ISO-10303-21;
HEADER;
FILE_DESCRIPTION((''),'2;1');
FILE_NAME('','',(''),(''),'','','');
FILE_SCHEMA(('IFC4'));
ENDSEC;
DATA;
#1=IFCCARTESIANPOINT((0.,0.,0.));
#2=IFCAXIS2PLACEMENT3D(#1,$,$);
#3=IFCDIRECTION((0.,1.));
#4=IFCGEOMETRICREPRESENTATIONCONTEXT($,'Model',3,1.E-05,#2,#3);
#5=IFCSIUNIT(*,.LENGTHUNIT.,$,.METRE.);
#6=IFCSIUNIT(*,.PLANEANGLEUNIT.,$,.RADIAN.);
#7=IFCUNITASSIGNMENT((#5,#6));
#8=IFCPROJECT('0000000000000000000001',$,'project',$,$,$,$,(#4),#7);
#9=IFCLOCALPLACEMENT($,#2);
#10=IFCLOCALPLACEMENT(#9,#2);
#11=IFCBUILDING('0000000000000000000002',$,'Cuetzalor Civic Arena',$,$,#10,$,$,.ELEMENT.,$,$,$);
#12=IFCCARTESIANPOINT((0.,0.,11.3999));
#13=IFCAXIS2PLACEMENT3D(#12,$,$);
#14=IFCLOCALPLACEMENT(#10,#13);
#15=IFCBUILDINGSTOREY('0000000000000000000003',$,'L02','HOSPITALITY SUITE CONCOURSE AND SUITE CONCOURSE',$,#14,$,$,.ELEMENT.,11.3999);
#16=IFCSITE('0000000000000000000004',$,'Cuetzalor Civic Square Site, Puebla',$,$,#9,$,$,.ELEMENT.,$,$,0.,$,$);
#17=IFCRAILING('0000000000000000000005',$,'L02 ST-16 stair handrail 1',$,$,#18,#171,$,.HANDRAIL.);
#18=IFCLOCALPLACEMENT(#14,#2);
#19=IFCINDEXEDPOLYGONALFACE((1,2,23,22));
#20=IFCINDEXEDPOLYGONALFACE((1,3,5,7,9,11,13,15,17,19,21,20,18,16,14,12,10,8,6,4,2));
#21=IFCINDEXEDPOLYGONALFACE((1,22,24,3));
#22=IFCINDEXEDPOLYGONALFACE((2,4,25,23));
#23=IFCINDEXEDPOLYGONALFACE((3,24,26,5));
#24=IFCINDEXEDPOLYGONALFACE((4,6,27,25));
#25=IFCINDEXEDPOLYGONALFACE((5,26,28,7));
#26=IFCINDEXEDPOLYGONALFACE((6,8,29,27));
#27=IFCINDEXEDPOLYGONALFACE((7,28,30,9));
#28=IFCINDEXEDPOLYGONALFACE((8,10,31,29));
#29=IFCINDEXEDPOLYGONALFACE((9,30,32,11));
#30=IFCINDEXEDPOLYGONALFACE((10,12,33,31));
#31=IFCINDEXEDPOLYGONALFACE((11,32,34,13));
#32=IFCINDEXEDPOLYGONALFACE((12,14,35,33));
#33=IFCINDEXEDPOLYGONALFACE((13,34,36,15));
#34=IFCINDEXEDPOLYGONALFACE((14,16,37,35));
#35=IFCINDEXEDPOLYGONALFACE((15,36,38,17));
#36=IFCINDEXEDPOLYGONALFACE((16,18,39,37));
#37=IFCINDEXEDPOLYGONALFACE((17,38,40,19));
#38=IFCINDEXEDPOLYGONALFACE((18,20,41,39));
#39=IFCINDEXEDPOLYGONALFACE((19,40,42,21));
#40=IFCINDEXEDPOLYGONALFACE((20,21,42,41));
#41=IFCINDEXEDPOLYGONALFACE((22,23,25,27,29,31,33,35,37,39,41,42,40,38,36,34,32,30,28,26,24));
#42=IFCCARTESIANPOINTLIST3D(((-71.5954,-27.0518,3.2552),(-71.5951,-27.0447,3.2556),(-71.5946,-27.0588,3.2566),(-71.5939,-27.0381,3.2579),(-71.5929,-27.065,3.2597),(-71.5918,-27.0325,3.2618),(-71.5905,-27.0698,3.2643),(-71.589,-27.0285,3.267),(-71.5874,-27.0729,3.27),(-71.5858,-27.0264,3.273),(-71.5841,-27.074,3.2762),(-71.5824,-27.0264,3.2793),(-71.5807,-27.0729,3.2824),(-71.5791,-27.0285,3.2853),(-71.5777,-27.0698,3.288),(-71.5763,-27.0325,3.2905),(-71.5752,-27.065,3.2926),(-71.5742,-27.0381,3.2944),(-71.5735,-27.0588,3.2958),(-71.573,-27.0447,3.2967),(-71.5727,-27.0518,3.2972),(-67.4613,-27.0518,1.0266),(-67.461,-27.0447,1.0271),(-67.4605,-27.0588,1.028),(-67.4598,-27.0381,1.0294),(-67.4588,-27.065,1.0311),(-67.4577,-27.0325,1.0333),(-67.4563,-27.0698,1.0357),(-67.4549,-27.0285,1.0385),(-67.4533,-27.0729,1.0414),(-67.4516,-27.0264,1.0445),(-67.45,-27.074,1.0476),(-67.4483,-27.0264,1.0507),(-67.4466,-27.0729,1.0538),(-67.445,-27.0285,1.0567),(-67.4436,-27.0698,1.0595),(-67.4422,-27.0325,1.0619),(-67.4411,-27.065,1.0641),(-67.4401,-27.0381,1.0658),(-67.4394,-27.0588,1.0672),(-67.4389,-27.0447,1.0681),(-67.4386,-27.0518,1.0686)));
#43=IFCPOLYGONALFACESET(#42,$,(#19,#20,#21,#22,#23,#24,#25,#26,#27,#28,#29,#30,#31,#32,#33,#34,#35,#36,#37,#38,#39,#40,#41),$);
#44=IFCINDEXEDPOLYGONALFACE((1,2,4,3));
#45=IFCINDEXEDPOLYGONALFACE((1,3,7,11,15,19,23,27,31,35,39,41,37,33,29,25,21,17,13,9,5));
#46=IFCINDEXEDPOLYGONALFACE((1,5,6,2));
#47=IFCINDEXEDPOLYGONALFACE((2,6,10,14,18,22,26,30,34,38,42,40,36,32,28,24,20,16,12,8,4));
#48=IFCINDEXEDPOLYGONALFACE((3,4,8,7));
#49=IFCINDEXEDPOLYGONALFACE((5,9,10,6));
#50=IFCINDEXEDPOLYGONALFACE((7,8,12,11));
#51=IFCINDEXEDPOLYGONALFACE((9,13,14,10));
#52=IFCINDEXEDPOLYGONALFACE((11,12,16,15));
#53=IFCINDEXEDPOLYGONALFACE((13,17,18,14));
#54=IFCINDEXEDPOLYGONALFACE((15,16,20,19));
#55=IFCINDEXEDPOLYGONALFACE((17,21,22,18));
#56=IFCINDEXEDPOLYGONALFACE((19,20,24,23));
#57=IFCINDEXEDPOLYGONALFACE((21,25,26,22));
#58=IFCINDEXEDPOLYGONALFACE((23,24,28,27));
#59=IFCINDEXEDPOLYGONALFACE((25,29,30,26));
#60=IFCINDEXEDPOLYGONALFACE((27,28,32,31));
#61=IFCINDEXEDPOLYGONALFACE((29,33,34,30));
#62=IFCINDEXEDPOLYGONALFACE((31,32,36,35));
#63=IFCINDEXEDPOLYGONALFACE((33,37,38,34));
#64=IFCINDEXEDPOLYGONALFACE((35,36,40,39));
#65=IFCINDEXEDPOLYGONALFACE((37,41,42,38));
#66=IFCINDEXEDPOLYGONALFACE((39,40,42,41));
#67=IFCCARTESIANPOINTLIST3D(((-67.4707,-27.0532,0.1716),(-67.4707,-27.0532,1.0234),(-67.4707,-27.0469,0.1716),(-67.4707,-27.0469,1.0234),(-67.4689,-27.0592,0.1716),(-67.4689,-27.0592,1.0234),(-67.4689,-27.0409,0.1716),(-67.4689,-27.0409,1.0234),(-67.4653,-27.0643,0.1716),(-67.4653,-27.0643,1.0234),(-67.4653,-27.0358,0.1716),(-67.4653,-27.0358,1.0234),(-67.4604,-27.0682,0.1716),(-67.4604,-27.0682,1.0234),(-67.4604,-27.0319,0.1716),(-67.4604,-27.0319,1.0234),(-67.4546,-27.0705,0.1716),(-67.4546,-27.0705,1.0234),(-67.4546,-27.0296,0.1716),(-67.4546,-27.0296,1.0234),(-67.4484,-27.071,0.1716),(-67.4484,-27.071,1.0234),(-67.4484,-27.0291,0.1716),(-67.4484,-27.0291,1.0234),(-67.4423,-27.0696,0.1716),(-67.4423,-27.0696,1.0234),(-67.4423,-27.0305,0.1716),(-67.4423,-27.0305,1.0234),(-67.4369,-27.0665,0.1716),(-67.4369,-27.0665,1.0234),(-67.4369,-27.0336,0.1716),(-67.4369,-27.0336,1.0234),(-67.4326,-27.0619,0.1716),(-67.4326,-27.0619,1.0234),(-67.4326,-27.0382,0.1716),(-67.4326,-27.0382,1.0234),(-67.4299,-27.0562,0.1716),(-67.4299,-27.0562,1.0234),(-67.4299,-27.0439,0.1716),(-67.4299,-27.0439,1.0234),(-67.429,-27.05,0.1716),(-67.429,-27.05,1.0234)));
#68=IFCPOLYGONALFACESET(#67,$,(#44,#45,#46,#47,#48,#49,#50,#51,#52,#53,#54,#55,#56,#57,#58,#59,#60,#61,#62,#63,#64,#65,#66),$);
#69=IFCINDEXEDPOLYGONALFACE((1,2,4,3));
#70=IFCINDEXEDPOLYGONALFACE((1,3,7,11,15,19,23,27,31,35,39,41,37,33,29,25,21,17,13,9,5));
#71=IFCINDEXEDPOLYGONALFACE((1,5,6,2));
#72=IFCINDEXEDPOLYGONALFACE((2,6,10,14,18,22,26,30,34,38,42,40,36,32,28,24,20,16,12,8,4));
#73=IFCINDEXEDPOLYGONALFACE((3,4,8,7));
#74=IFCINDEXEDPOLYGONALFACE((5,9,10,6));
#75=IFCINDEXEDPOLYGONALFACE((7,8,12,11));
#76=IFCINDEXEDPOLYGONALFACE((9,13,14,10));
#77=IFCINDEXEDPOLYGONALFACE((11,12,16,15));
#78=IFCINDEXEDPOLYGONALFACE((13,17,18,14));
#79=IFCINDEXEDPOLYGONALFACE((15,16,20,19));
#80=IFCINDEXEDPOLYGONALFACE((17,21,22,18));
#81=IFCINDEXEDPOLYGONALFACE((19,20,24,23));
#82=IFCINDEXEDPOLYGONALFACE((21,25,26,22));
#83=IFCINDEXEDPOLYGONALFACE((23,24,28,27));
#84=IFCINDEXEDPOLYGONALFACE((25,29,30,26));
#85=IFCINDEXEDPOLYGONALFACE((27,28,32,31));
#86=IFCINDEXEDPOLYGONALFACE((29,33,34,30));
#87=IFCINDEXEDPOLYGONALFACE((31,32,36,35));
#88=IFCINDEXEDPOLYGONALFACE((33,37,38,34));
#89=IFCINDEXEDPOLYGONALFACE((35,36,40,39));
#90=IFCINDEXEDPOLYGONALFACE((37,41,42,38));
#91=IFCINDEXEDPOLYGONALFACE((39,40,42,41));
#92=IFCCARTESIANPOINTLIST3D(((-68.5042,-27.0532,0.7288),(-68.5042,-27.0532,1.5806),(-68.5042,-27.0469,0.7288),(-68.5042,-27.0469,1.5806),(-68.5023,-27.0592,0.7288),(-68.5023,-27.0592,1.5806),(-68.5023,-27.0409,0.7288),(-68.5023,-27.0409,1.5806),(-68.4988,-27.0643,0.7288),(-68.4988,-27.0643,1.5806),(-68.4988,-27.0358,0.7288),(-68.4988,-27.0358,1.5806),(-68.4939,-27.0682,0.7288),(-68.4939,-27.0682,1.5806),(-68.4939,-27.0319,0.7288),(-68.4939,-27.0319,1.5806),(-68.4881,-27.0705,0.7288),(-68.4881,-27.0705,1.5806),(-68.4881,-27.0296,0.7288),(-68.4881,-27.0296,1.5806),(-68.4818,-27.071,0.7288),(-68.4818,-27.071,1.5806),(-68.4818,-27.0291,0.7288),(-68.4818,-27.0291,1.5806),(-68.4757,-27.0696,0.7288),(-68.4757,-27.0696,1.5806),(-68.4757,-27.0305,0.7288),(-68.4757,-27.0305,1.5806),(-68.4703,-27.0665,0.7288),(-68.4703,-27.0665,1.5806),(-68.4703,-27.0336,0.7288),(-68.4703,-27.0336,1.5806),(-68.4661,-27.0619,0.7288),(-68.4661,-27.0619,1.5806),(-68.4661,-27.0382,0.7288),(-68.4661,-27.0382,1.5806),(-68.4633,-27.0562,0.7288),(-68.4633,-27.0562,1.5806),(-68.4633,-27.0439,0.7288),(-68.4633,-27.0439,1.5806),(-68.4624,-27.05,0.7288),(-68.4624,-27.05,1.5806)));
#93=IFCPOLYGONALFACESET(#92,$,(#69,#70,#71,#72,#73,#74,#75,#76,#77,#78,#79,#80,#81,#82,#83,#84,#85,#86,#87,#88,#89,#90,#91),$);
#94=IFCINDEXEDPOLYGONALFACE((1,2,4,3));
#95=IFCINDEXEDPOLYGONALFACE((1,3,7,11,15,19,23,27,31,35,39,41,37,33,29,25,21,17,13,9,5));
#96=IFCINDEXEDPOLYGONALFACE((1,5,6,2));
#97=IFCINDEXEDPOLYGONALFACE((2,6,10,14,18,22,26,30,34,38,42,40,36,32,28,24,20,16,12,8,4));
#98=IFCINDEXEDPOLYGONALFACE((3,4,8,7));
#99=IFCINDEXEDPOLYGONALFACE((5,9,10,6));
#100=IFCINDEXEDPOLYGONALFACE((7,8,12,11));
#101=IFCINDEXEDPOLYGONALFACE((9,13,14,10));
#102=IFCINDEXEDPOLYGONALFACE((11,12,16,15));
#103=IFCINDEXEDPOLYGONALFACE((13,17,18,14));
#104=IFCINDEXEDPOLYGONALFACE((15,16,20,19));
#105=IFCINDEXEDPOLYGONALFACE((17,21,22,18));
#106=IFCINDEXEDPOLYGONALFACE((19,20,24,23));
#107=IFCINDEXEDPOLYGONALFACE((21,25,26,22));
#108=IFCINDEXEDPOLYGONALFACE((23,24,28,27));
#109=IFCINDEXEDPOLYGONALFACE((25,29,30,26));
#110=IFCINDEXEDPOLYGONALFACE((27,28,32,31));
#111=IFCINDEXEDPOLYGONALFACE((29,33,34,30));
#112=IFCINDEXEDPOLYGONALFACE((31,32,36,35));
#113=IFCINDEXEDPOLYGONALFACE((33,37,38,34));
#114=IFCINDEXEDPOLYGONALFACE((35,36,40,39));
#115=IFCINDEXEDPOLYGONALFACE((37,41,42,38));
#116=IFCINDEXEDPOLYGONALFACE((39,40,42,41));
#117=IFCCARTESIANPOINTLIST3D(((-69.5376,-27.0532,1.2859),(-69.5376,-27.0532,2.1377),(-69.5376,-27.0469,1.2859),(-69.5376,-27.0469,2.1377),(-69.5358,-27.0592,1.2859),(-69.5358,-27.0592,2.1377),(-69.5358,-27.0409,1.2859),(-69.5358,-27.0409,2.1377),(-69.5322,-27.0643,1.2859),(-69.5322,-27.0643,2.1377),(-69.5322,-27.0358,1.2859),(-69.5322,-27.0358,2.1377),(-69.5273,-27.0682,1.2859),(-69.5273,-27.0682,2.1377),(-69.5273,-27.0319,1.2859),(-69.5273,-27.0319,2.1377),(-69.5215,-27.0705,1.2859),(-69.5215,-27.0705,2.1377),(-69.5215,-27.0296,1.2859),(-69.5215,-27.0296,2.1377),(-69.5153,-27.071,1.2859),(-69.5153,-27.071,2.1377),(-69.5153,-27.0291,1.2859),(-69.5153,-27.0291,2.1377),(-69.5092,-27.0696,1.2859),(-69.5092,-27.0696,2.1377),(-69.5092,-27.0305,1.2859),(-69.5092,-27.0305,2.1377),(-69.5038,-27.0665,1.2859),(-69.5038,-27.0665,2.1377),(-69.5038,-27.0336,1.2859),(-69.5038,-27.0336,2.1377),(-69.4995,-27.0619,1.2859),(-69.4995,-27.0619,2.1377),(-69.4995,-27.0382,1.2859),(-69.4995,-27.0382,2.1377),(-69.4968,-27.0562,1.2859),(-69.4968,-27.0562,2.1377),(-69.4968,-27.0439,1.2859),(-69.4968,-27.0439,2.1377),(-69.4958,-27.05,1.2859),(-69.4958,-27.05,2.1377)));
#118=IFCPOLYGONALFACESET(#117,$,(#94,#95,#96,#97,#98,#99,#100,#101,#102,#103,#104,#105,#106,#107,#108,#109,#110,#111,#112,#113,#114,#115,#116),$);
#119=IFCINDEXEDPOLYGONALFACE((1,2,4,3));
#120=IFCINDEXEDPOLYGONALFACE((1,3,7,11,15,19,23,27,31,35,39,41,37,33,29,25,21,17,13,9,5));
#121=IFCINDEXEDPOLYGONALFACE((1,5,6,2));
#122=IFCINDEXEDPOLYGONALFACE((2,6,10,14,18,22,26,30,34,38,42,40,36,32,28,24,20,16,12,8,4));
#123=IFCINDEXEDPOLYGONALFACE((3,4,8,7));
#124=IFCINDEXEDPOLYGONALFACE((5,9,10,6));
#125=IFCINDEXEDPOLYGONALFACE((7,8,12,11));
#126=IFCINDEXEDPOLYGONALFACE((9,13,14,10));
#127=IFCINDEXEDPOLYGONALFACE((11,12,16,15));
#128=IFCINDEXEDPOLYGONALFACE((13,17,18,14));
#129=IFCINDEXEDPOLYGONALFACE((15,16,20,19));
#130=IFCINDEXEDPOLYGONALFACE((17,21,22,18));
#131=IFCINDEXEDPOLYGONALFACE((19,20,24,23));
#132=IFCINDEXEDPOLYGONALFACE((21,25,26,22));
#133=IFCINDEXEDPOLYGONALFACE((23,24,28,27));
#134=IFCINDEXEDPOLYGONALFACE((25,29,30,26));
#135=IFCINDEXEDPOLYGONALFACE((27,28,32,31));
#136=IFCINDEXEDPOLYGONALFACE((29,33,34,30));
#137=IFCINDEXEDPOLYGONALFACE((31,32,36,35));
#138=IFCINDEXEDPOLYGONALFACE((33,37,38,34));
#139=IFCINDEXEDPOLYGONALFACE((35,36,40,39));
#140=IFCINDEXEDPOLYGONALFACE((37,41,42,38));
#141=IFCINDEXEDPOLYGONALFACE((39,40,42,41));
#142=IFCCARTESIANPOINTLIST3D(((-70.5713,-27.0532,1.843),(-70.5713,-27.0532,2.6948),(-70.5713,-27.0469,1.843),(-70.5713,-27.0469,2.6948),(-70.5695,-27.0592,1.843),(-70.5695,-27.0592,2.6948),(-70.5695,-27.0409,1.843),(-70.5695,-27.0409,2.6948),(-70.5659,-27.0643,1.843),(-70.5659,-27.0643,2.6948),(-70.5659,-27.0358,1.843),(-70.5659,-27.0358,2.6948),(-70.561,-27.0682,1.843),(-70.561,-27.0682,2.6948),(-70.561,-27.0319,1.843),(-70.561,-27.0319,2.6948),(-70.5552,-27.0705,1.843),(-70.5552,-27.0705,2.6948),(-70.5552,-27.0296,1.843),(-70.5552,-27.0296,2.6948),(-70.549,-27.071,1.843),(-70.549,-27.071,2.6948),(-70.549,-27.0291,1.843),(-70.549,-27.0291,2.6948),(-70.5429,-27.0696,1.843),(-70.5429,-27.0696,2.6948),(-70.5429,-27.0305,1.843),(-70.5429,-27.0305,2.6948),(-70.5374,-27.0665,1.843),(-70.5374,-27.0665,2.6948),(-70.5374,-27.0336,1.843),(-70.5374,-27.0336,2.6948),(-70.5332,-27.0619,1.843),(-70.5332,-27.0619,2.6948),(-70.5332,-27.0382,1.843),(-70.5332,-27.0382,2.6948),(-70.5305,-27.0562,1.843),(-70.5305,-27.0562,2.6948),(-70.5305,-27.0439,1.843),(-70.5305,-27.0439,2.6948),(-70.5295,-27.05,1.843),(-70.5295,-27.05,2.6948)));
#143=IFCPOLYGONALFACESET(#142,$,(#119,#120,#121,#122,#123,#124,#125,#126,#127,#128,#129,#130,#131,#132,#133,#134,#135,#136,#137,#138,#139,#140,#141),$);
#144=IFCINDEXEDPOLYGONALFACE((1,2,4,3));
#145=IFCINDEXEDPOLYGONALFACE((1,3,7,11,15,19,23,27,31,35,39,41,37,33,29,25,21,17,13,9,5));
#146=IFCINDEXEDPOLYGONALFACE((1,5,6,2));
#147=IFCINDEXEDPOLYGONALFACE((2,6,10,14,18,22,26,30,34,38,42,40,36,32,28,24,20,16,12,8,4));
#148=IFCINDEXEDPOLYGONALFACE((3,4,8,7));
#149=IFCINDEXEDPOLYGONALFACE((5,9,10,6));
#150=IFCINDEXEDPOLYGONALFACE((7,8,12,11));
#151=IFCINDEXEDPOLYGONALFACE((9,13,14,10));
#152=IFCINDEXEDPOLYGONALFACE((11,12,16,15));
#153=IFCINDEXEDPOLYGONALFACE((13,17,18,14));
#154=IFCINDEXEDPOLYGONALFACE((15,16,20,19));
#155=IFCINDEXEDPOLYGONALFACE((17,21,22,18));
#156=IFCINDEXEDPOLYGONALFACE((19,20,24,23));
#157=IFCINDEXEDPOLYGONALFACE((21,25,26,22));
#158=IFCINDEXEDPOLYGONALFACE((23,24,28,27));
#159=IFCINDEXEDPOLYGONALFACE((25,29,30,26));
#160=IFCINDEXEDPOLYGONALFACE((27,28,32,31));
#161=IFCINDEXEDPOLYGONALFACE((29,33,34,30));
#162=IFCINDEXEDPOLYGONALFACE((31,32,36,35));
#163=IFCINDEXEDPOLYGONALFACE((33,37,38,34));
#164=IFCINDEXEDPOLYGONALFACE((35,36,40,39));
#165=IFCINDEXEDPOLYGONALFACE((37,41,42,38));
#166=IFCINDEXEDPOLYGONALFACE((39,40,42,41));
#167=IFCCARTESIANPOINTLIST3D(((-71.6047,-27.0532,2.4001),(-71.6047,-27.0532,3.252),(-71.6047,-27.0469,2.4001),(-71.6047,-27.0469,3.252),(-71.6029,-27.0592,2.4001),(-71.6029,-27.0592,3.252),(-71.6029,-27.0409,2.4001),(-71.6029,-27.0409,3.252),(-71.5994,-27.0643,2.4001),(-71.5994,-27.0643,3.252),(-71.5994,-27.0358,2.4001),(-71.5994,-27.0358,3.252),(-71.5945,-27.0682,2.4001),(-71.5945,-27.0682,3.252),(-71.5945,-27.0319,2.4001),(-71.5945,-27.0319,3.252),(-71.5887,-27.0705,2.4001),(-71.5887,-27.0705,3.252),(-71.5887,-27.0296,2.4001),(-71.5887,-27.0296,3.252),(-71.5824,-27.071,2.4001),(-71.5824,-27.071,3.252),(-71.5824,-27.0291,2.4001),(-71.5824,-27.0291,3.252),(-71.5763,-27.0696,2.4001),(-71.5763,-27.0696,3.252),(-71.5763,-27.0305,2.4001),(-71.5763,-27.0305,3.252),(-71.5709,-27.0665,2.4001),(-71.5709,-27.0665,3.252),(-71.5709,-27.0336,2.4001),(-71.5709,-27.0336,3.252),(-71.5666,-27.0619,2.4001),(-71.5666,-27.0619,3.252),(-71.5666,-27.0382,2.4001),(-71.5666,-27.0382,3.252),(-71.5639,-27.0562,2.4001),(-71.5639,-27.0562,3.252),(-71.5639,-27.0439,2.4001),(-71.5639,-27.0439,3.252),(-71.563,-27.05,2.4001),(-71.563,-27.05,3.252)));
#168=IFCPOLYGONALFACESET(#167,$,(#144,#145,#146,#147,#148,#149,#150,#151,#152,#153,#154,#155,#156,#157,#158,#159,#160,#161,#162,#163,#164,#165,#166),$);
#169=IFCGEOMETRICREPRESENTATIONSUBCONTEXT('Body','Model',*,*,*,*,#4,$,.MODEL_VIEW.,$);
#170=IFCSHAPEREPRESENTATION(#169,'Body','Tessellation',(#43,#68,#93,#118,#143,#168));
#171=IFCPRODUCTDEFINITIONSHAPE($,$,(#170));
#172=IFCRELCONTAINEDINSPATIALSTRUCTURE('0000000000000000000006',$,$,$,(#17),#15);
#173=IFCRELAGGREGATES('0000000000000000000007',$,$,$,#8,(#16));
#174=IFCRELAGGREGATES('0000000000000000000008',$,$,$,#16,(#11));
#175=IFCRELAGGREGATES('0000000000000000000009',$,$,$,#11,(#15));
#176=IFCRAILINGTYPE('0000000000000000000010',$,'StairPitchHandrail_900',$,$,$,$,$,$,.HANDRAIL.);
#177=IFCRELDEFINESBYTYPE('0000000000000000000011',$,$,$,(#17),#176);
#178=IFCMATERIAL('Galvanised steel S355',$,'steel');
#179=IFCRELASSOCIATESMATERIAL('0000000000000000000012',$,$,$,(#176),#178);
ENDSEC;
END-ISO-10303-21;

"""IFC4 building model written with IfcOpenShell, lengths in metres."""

from ifc_helpers import new_model, si_unit, direction, frame, origin, origin_2d, place, context, subcontext, project, spatial, circle, extrude, material, type_object, element, save


model = new_model("IFC4")

# Units and contexts
model_context = context("Model", 3, precision=1e-05, world=origin(), true_north=direction((0.0, 1.0)))
body_context = subcontext(model_context, "Body", "Model", "MODEL_VIEW")
ifc_project = project(units=[si_unit("LENGTHUNIT", "METRE"), si_unit("PLANEANGLEUNIT", "RADIAN")], contexts=[model_context])

# Site, building, storey
site_placement = place(None, origin())
site = spatial("IfcSite", under=ifc_project, at=site_placement, Name="Cuetzalor Civic Square Site, Puebla", CompositionType="ELEMENT", RefElevation=0.0)
building_placement = place(site_placement, origin())
building = spatial("IfcBuilding", under=site, at=building_placement, Name="Cuetzalor Civic Arena", CompositionType="ELEMENT")
storey_placement = place(building_placement, frame((0.0, 0.0, 11.3999)))
storey = spatial("IfcBuildingStorey", under=building, at=storey_placement, Name="L02", Description="HOSPITALITY SUITE CONCOURSE AND SUITE CONCOURSE", CompositionType="ELEMENT", Elevation=11.3999)

# Railing
ifc_material_1 = material(Name="Galvanised steel S355", Category="steel")
railing_type_1 = type_object("IfcRailingType", Name="StairPitchHandrail_900", PredefinedType="HANDRAIL", material=ifc_material_1)
for number, where, name in (
    (1, (-67.45, -27.05, 0.1716), "L02 ST-16 stair handrail 1"),
):
    element("IfcRailing", number, at=place(storey_placement, frame(where)), inside=storey, type_object=railing_type_1, Name=name, PredefinedType="HANDRAIL", context=body_context, shape_type="SweptSolid", body=[
        extrude(circle(Radius=0.0239, at=origin_2d()), frame((0.0, 0.0, 0.876), z_axis=(-0.880249, 0.0, 0.474512), x_axis=(0.0, -1.0, 0.0)), (0.0, 0.0, 1.0), 4.6965),
        extrude(circle(Radius=0.021, at=origin_2d()), origin(), (0.0, 0.0, 1.0), 0.8518),
        extrude(circle(Radius=0.021, at=origin_2d()), frame((-1.0334, 0.0, 0.5571)), (0.0, 0.0, 1.0), 0.8518),
        extrude(circle(Radius=0.021, at=origin_2d()), frame((-2.0669, 0.0, 1.1143)), (0.0, 0.0, 1.0), 0.8518),
        extrude(circle(Radius=0.021, at=origin_2d()), frame((-3.1006, 0.0, 1.6714)), (0.0, 0.0, 1.0), 0.8518),
        extrude(circle(Radius=0.021, at=origin_2d()), frame((-4.134, 0.0, 2.2285)), (0.0, 0.0, 1.0), 0.8518),
    ])

save(model, "model.ifc")
